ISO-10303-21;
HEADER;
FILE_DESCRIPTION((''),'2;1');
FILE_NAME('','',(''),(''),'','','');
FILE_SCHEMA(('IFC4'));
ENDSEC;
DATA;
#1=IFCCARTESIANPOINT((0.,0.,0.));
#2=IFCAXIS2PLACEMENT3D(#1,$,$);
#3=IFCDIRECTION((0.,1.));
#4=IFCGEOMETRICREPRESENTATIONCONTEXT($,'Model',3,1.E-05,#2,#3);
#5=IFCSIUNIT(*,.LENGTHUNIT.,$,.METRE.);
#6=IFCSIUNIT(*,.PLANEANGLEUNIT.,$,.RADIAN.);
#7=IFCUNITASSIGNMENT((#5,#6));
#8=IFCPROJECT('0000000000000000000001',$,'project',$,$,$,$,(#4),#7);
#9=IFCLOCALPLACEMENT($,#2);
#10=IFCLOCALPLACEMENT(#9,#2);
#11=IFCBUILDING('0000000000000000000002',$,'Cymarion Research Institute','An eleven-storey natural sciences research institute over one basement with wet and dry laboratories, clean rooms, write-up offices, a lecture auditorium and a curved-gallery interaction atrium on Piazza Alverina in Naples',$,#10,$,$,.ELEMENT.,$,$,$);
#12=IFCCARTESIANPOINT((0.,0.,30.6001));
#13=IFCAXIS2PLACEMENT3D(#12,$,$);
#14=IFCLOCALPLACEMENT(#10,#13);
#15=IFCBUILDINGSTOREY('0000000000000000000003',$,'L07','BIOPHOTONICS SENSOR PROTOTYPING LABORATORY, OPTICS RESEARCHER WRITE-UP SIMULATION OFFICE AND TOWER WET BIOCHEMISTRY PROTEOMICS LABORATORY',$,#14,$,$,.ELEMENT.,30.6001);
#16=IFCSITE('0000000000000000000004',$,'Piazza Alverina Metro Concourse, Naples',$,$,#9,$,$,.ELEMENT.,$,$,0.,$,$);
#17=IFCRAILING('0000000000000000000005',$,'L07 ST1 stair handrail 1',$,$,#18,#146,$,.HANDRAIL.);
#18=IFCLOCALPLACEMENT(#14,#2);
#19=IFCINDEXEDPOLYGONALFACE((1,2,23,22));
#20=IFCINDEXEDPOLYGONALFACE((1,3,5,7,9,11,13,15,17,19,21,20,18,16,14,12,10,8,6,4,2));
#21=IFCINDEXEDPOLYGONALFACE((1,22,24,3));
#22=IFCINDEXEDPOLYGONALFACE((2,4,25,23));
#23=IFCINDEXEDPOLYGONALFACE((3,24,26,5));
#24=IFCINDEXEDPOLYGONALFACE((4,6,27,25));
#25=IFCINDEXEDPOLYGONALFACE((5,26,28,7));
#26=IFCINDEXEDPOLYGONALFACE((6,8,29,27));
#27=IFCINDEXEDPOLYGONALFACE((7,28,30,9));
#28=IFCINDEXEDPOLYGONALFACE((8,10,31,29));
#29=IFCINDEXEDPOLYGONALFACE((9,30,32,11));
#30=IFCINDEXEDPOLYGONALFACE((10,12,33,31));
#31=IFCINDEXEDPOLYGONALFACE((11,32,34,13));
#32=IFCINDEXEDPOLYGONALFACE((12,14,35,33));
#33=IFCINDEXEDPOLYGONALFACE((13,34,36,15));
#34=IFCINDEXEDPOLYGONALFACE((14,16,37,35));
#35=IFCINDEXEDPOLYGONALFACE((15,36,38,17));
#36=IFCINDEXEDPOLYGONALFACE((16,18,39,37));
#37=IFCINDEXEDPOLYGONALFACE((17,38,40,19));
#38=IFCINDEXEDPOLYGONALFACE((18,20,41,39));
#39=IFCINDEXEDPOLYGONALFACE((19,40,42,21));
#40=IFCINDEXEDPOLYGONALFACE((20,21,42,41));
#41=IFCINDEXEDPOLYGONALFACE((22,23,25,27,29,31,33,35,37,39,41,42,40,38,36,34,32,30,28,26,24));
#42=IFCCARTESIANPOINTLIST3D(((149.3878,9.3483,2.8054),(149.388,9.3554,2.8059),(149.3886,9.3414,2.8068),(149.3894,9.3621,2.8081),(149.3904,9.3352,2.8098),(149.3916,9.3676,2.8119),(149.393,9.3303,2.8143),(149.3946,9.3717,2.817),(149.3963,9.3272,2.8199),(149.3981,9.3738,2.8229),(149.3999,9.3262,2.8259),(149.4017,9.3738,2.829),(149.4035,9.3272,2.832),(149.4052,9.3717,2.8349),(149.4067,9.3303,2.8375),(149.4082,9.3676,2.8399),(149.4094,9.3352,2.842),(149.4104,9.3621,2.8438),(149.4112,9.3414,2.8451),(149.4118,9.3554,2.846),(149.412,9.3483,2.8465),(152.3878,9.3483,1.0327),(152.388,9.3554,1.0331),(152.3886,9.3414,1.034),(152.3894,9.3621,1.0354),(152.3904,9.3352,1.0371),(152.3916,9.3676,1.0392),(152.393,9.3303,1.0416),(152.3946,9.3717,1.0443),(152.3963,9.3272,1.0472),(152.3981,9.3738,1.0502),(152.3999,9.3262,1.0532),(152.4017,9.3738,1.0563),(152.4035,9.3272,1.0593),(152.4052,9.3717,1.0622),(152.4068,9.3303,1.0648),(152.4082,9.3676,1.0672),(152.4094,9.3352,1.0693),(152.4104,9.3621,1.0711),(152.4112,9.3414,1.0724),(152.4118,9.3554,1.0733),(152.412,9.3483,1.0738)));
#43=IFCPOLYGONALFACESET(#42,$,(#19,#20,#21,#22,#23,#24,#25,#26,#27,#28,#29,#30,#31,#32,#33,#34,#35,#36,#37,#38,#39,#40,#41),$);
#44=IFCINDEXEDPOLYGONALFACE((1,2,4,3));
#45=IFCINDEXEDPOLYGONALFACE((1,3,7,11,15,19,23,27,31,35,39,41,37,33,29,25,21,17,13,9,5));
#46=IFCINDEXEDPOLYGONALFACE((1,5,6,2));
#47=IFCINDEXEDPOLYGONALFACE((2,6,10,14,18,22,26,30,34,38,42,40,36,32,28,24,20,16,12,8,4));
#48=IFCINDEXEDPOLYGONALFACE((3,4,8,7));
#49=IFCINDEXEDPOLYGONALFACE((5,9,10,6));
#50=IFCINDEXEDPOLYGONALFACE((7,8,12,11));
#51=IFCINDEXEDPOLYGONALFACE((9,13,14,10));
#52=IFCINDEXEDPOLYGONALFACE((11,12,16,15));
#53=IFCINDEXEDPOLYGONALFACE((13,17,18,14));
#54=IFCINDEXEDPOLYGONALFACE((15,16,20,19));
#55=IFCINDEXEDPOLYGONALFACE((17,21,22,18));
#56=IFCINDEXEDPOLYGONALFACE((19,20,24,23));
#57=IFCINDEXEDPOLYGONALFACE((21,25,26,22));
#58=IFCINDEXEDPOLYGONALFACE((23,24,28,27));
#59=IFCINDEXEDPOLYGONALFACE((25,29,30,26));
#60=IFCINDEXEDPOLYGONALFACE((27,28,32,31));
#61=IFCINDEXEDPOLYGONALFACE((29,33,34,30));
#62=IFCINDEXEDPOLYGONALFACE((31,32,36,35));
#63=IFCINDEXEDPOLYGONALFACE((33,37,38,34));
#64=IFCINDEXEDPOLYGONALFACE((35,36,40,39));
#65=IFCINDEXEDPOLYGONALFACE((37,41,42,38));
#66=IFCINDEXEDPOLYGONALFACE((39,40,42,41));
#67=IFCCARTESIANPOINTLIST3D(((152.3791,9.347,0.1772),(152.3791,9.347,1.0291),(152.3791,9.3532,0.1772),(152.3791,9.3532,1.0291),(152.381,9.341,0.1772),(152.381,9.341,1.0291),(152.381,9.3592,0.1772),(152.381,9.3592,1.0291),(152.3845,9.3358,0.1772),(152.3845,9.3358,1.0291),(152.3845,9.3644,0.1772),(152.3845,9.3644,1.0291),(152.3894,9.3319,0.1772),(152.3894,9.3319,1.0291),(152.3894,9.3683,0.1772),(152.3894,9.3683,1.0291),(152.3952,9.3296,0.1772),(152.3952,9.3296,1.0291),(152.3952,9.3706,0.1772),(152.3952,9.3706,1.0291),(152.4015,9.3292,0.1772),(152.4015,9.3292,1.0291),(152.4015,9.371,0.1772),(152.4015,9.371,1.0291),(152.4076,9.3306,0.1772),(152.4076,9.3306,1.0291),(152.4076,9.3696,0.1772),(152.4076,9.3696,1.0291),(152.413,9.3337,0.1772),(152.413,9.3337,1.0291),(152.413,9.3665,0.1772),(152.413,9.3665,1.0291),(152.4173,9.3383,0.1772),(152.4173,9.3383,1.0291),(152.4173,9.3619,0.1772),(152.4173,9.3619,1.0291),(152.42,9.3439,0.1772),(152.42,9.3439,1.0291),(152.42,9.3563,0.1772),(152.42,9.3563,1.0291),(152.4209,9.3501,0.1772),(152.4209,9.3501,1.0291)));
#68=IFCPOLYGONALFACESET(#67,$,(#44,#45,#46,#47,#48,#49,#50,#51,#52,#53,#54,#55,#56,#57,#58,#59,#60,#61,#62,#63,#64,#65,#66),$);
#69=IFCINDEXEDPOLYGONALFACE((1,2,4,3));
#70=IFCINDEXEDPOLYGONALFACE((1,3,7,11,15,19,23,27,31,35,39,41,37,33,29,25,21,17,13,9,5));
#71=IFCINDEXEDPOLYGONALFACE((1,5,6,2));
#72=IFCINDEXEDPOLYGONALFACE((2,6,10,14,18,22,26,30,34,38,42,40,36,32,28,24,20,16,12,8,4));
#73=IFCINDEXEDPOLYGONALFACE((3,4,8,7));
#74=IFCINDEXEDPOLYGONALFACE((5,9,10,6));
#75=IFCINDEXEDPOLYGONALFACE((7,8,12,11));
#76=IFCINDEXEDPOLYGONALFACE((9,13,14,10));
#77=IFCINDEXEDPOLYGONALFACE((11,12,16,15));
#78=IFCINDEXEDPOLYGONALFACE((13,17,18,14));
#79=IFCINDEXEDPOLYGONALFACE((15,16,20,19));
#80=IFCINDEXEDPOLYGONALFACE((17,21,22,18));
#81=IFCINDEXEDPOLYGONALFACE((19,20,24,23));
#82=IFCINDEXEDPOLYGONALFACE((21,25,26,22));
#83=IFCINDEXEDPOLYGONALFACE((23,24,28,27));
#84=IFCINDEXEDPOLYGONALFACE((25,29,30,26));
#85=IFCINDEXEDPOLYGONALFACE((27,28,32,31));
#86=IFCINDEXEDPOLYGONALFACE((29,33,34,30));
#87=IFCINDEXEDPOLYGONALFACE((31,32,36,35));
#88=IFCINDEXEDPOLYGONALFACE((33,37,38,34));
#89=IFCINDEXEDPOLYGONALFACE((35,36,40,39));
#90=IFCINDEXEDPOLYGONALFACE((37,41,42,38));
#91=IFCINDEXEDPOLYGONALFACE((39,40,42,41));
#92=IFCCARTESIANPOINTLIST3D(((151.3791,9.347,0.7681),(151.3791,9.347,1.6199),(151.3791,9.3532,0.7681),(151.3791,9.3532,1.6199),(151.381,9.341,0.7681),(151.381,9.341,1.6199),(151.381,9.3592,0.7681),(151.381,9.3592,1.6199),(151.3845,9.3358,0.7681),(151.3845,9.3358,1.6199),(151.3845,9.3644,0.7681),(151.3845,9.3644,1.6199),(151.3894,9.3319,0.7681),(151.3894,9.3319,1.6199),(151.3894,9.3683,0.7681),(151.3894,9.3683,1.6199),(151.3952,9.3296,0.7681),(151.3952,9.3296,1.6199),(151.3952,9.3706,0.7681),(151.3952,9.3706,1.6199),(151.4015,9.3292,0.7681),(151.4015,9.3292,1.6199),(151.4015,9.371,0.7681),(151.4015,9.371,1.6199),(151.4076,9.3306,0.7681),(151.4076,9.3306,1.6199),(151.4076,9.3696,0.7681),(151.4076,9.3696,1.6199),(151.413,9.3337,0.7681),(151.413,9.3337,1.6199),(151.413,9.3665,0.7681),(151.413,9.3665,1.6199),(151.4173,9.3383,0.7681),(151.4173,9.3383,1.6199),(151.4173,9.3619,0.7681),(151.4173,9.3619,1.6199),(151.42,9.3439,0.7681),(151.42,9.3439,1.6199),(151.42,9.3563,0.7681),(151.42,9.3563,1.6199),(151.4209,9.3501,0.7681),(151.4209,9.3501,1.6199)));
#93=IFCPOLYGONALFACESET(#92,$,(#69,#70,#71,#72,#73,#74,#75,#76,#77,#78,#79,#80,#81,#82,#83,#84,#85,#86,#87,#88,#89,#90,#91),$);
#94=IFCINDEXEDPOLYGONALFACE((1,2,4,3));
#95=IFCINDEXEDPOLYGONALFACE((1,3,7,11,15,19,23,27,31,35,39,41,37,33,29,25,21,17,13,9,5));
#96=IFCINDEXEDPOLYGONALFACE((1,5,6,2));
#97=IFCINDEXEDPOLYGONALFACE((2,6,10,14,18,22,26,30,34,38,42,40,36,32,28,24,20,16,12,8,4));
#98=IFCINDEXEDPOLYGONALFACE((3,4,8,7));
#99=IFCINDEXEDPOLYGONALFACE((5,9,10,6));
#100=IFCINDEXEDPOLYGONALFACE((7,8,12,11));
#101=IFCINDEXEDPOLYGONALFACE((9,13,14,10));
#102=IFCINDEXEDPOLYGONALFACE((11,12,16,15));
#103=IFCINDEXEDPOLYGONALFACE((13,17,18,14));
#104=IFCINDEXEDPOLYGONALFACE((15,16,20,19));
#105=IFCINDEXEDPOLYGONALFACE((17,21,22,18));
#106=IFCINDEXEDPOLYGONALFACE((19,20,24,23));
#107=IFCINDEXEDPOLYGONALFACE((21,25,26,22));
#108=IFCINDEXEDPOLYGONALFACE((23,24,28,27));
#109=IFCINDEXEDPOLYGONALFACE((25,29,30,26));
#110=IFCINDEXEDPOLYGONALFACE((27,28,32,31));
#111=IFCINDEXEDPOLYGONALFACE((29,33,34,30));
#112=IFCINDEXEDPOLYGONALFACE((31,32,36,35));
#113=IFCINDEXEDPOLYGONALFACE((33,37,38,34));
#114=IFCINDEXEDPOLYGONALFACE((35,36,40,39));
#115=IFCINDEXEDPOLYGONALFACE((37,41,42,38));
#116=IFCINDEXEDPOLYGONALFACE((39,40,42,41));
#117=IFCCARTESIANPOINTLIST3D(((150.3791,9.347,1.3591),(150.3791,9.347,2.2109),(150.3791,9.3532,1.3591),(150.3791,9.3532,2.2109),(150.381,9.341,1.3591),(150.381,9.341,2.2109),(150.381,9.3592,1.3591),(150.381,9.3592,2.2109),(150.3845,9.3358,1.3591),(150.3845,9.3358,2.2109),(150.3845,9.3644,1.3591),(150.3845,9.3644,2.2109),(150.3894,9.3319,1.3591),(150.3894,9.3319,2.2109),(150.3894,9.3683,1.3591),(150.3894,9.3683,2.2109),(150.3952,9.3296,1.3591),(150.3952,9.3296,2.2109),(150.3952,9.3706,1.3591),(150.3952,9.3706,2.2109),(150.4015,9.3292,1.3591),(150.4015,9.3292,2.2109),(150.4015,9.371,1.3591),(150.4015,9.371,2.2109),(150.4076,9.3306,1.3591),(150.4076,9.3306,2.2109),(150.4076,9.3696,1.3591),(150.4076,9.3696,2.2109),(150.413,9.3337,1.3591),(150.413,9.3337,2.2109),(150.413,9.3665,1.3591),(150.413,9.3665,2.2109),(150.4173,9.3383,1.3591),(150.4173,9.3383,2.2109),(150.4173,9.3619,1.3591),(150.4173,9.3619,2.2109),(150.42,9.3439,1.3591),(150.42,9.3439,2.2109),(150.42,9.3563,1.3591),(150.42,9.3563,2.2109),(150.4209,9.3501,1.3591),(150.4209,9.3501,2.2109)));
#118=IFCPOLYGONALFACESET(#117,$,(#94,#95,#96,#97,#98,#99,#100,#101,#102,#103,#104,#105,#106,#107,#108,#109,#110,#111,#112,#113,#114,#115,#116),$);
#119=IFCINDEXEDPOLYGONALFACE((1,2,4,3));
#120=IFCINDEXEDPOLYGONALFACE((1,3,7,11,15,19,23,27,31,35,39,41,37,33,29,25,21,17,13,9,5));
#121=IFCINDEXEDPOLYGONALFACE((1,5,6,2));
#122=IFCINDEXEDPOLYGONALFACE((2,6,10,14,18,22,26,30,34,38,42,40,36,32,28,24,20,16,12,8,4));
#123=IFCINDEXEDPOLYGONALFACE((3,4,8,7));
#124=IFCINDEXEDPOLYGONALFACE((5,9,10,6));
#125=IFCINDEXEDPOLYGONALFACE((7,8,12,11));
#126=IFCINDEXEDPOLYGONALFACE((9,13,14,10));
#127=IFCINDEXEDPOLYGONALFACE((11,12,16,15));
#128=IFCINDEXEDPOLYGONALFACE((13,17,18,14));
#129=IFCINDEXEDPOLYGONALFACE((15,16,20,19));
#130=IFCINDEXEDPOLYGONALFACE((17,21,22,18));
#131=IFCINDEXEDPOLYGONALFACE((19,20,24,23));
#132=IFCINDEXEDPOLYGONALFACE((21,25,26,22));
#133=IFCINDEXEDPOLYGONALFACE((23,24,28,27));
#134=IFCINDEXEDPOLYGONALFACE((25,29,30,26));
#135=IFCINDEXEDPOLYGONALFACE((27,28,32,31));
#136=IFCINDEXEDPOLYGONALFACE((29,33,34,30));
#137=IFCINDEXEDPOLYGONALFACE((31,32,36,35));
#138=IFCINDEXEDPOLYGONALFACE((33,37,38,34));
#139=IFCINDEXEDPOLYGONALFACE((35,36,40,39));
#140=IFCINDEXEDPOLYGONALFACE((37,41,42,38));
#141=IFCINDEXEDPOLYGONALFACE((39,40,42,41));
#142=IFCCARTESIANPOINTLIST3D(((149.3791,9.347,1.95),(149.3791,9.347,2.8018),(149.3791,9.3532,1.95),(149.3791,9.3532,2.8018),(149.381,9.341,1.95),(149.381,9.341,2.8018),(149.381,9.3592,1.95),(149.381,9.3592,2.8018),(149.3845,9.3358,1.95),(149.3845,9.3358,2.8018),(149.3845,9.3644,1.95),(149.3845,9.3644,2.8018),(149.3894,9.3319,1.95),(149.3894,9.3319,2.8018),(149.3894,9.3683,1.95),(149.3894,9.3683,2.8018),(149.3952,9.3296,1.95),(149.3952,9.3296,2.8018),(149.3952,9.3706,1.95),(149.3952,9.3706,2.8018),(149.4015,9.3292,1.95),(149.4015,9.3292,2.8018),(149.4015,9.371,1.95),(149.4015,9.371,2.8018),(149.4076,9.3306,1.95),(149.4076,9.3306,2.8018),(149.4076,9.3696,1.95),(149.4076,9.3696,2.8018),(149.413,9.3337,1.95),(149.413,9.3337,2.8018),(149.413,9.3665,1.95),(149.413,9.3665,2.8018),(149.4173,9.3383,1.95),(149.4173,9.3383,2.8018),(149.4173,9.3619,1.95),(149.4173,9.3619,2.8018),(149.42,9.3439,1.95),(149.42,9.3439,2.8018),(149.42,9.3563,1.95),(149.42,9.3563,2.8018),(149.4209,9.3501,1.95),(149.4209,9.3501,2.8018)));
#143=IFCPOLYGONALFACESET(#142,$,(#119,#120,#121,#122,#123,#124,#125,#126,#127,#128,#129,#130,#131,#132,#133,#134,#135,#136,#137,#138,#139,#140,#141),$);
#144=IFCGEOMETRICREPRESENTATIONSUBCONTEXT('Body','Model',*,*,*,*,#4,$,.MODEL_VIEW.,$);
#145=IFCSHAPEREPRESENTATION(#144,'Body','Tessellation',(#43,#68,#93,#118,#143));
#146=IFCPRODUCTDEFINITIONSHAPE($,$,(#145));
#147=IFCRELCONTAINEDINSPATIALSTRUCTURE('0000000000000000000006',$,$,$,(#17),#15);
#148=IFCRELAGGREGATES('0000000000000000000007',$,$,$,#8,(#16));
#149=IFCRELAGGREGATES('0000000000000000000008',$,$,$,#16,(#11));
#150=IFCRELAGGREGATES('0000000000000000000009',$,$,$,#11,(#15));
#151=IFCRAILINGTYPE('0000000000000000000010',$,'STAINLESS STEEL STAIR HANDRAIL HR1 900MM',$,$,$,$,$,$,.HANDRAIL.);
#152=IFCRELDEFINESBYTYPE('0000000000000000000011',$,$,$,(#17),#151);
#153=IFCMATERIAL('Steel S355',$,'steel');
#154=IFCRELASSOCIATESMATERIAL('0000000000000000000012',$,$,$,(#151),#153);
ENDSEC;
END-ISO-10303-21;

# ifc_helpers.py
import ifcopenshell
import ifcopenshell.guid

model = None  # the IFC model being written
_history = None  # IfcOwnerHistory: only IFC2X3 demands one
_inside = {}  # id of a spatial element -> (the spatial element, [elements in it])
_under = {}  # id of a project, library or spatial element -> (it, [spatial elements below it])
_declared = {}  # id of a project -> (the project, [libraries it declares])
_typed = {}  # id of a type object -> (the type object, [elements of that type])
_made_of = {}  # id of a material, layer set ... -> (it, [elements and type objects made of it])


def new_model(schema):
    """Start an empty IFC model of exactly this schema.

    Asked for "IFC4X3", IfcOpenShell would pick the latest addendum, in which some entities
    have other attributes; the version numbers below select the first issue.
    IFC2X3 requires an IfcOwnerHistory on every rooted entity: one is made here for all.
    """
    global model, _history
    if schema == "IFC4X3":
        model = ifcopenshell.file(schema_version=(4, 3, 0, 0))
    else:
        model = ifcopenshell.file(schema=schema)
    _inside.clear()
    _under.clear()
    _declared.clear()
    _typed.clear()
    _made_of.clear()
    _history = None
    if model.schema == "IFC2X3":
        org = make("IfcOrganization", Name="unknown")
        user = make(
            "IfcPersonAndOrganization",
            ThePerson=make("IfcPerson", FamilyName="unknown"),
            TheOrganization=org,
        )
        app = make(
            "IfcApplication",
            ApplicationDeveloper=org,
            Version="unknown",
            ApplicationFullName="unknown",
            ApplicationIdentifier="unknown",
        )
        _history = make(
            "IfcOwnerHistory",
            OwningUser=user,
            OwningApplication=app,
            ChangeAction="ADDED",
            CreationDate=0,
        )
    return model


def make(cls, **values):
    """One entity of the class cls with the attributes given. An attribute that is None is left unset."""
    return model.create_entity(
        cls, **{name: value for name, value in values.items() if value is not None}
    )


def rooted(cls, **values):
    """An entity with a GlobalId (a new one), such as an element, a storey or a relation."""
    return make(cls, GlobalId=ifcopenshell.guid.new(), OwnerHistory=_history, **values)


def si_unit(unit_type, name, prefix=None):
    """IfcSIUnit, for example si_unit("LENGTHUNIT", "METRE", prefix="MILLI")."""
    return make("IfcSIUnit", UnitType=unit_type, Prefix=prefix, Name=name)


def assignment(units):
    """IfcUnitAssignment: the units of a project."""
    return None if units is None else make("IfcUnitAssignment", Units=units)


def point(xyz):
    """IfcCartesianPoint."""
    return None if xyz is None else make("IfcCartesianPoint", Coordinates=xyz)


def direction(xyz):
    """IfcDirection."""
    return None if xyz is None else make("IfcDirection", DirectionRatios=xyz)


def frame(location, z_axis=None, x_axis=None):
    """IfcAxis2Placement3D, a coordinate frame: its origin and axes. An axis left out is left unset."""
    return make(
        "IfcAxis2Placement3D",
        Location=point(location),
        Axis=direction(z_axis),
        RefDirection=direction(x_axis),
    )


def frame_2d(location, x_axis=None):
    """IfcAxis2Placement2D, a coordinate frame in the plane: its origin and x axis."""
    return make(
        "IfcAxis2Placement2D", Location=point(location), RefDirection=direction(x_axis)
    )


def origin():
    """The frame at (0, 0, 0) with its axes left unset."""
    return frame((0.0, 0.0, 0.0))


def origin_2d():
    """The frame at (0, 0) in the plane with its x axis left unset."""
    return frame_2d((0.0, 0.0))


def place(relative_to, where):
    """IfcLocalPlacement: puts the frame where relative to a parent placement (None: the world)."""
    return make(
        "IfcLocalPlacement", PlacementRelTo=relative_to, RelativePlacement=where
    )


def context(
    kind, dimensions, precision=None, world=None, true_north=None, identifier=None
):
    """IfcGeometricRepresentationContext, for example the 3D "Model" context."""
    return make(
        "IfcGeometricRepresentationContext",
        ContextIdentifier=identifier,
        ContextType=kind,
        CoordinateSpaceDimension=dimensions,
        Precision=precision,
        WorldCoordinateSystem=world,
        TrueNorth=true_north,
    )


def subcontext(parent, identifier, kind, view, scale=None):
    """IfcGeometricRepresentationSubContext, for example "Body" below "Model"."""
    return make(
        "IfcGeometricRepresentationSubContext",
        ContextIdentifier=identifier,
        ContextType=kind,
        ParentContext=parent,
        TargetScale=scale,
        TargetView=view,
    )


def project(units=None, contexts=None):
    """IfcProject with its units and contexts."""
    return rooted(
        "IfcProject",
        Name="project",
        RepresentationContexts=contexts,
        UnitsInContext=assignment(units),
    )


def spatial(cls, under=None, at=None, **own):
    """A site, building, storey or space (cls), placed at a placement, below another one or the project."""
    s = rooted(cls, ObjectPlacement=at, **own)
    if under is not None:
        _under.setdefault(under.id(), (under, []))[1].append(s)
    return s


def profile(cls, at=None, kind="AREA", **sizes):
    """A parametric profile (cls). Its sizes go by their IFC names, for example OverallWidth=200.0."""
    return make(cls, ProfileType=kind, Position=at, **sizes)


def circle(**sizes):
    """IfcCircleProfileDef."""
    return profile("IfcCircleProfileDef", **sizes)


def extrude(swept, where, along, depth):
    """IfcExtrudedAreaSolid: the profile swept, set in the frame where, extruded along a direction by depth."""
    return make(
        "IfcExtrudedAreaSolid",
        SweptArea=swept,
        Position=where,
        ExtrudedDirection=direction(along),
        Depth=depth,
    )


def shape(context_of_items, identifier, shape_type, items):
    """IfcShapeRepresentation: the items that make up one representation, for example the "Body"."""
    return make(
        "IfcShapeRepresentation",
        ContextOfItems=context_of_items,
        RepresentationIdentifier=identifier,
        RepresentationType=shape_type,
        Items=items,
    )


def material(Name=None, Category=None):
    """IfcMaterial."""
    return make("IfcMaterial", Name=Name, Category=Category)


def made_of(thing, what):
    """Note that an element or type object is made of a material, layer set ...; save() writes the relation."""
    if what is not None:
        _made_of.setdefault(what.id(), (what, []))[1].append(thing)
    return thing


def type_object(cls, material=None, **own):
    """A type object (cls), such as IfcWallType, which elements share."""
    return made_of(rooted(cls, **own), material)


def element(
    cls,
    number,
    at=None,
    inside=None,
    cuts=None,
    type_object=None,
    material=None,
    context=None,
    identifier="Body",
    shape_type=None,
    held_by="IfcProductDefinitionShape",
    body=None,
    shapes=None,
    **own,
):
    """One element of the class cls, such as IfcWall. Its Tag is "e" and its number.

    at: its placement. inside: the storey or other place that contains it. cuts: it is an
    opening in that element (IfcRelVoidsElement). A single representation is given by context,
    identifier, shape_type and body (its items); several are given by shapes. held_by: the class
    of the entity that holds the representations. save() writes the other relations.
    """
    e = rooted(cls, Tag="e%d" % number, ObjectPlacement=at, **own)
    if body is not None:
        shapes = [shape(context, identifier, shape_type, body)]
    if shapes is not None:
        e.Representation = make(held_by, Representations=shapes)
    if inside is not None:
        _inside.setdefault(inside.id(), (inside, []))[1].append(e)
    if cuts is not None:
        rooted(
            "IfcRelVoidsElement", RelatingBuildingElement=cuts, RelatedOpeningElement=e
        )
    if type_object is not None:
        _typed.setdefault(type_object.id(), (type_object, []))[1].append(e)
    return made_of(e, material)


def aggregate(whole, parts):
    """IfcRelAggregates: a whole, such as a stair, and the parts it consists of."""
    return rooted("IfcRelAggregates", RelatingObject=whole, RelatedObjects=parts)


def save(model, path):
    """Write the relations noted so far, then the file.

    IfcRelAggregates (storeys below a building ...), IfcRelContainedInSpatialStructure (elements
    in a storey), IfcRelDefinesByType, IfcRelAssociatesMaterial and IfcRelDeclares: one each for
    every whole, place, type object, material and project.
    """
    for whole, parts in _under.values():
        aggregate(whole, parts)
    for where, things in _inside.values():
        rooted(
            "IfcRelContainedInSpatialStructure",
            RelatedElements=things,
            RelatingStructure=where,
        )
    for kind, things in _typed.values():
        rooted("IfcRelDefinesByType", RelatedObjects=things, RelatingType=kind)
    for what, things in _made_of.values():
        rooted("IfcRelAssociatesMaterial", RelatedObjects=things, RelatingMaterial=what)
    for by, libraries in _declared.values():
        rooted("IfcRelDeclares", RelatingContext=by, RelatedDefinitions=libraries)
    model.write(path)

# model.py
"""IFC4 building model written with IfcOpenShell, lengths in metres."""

from ifc_helpers import new_model, si_unit, direction, frame, origin, origin_2d, place, context, subcontext, project, spatial, circle, extrude, material, type_object, element, save


model = new_model("IFC4")

# Units and contexts
model_context = context("Model", 3, precision=1e-05, world=origin(), true_north=direction((0.0, 1.0)))
body_context = subcontext(model_context, "Body", "Model", "MODEL_VIEW")
ifc_project = project(units=[si_unit("LENGTHUNIT", "METRE"), si_unit("PLANEANGLEUNIT", "RADIAN")], contexts=[model_context])

# Site, building, storey
site_placement = place(None, origin())
site = spatial("IfcSite", under=ifc_project, at=site_placement, Name="Piazza Alverina Metro Concourse, Naples", CompositionType="ELEMENT", RefElevation=0.0)
building_placement = place(site_placement, origin())
building = spatial("IfcBuilding", under=site, at=building_placement, Name="Cymarion Research Institute", Description="An eleven-storey natural sciences research institute over one basement with wet and dry laboratories, clean rooms, write-up offices, a lecture auditorium and a curved-gallery interaction atrium on Piazza Alverina in Naples", CompositionType="ELEMENT")
storey_placement = place(building_placement, frame((0.0, 0.0, 30.6001)))
storey = spatial("IfcBuildingStorey", under=building, at=storey_placement, Name="L07", Description="BIOPHOTONICS SENSOR PROTOTYPING LABORATORY, OPTICS RESEARCHER WRITE-UP SIMULATION OFFICE AND TOWER WET BIOCHEMISTRY PROTEOMICS LABORATORY", CompositionType="ELEMENT", Elevation=30.6001)

# Shared definitions
ifc_material_1 = material(Name="Steel S355", Category="steel")

# Railing
railing_type_1 = type_object("IfcRailingType", Name="STAINLESS STEEL STAIR HANDRAIL HR1 900MM", PredefinedType="HANDRAIL", material=ifc_material_1)
railing_1_placement = place(storey_placement, frame((152.3999, 9.3501, 0.1772)))
element("IfcRailing", 1, at=railing_1_placement, inside=storey, type_object=railing_type_1, Name="L07 ST1 stair handrail 1", PredefinedType="HANDRAIL", context=body_context, shape_type="SweptSolid", body=[
    extrude(circle(Radius=0.0239, at=origin_2d()), frame((0.0, 0.0, 0.876), z_axis=(-0.860929, 0.0, 0.508725), x_axis=(0.0, -1.0, 0.0)), (0.0, 0.0, 1.0), 3.4846),
    extrude(circle(Radius=0.021, at=origin_2d()), origin(), (0.0, 0.0, 1.0), 0.8518),
    extrude(circle(Radius=0.021, at=origin_2d()), frame((-1.0, 0.0, 0.5908)), (0.0, 0.0, 1.0), 0.8518),
    extrude(circle(Radius=0.021, at=origin_2d()), frame((-2.0, 0.0, 1.1819)), (0.0, 0.0, 1.0), 0.8518),
    extrude(circle(Radius=0.021, at=origin_2d()), frame((-3.0, 0.0, 1.7727)), (0.0, 0.0, 1.0), 0.8518),
])

save(model, "model.ifc")
